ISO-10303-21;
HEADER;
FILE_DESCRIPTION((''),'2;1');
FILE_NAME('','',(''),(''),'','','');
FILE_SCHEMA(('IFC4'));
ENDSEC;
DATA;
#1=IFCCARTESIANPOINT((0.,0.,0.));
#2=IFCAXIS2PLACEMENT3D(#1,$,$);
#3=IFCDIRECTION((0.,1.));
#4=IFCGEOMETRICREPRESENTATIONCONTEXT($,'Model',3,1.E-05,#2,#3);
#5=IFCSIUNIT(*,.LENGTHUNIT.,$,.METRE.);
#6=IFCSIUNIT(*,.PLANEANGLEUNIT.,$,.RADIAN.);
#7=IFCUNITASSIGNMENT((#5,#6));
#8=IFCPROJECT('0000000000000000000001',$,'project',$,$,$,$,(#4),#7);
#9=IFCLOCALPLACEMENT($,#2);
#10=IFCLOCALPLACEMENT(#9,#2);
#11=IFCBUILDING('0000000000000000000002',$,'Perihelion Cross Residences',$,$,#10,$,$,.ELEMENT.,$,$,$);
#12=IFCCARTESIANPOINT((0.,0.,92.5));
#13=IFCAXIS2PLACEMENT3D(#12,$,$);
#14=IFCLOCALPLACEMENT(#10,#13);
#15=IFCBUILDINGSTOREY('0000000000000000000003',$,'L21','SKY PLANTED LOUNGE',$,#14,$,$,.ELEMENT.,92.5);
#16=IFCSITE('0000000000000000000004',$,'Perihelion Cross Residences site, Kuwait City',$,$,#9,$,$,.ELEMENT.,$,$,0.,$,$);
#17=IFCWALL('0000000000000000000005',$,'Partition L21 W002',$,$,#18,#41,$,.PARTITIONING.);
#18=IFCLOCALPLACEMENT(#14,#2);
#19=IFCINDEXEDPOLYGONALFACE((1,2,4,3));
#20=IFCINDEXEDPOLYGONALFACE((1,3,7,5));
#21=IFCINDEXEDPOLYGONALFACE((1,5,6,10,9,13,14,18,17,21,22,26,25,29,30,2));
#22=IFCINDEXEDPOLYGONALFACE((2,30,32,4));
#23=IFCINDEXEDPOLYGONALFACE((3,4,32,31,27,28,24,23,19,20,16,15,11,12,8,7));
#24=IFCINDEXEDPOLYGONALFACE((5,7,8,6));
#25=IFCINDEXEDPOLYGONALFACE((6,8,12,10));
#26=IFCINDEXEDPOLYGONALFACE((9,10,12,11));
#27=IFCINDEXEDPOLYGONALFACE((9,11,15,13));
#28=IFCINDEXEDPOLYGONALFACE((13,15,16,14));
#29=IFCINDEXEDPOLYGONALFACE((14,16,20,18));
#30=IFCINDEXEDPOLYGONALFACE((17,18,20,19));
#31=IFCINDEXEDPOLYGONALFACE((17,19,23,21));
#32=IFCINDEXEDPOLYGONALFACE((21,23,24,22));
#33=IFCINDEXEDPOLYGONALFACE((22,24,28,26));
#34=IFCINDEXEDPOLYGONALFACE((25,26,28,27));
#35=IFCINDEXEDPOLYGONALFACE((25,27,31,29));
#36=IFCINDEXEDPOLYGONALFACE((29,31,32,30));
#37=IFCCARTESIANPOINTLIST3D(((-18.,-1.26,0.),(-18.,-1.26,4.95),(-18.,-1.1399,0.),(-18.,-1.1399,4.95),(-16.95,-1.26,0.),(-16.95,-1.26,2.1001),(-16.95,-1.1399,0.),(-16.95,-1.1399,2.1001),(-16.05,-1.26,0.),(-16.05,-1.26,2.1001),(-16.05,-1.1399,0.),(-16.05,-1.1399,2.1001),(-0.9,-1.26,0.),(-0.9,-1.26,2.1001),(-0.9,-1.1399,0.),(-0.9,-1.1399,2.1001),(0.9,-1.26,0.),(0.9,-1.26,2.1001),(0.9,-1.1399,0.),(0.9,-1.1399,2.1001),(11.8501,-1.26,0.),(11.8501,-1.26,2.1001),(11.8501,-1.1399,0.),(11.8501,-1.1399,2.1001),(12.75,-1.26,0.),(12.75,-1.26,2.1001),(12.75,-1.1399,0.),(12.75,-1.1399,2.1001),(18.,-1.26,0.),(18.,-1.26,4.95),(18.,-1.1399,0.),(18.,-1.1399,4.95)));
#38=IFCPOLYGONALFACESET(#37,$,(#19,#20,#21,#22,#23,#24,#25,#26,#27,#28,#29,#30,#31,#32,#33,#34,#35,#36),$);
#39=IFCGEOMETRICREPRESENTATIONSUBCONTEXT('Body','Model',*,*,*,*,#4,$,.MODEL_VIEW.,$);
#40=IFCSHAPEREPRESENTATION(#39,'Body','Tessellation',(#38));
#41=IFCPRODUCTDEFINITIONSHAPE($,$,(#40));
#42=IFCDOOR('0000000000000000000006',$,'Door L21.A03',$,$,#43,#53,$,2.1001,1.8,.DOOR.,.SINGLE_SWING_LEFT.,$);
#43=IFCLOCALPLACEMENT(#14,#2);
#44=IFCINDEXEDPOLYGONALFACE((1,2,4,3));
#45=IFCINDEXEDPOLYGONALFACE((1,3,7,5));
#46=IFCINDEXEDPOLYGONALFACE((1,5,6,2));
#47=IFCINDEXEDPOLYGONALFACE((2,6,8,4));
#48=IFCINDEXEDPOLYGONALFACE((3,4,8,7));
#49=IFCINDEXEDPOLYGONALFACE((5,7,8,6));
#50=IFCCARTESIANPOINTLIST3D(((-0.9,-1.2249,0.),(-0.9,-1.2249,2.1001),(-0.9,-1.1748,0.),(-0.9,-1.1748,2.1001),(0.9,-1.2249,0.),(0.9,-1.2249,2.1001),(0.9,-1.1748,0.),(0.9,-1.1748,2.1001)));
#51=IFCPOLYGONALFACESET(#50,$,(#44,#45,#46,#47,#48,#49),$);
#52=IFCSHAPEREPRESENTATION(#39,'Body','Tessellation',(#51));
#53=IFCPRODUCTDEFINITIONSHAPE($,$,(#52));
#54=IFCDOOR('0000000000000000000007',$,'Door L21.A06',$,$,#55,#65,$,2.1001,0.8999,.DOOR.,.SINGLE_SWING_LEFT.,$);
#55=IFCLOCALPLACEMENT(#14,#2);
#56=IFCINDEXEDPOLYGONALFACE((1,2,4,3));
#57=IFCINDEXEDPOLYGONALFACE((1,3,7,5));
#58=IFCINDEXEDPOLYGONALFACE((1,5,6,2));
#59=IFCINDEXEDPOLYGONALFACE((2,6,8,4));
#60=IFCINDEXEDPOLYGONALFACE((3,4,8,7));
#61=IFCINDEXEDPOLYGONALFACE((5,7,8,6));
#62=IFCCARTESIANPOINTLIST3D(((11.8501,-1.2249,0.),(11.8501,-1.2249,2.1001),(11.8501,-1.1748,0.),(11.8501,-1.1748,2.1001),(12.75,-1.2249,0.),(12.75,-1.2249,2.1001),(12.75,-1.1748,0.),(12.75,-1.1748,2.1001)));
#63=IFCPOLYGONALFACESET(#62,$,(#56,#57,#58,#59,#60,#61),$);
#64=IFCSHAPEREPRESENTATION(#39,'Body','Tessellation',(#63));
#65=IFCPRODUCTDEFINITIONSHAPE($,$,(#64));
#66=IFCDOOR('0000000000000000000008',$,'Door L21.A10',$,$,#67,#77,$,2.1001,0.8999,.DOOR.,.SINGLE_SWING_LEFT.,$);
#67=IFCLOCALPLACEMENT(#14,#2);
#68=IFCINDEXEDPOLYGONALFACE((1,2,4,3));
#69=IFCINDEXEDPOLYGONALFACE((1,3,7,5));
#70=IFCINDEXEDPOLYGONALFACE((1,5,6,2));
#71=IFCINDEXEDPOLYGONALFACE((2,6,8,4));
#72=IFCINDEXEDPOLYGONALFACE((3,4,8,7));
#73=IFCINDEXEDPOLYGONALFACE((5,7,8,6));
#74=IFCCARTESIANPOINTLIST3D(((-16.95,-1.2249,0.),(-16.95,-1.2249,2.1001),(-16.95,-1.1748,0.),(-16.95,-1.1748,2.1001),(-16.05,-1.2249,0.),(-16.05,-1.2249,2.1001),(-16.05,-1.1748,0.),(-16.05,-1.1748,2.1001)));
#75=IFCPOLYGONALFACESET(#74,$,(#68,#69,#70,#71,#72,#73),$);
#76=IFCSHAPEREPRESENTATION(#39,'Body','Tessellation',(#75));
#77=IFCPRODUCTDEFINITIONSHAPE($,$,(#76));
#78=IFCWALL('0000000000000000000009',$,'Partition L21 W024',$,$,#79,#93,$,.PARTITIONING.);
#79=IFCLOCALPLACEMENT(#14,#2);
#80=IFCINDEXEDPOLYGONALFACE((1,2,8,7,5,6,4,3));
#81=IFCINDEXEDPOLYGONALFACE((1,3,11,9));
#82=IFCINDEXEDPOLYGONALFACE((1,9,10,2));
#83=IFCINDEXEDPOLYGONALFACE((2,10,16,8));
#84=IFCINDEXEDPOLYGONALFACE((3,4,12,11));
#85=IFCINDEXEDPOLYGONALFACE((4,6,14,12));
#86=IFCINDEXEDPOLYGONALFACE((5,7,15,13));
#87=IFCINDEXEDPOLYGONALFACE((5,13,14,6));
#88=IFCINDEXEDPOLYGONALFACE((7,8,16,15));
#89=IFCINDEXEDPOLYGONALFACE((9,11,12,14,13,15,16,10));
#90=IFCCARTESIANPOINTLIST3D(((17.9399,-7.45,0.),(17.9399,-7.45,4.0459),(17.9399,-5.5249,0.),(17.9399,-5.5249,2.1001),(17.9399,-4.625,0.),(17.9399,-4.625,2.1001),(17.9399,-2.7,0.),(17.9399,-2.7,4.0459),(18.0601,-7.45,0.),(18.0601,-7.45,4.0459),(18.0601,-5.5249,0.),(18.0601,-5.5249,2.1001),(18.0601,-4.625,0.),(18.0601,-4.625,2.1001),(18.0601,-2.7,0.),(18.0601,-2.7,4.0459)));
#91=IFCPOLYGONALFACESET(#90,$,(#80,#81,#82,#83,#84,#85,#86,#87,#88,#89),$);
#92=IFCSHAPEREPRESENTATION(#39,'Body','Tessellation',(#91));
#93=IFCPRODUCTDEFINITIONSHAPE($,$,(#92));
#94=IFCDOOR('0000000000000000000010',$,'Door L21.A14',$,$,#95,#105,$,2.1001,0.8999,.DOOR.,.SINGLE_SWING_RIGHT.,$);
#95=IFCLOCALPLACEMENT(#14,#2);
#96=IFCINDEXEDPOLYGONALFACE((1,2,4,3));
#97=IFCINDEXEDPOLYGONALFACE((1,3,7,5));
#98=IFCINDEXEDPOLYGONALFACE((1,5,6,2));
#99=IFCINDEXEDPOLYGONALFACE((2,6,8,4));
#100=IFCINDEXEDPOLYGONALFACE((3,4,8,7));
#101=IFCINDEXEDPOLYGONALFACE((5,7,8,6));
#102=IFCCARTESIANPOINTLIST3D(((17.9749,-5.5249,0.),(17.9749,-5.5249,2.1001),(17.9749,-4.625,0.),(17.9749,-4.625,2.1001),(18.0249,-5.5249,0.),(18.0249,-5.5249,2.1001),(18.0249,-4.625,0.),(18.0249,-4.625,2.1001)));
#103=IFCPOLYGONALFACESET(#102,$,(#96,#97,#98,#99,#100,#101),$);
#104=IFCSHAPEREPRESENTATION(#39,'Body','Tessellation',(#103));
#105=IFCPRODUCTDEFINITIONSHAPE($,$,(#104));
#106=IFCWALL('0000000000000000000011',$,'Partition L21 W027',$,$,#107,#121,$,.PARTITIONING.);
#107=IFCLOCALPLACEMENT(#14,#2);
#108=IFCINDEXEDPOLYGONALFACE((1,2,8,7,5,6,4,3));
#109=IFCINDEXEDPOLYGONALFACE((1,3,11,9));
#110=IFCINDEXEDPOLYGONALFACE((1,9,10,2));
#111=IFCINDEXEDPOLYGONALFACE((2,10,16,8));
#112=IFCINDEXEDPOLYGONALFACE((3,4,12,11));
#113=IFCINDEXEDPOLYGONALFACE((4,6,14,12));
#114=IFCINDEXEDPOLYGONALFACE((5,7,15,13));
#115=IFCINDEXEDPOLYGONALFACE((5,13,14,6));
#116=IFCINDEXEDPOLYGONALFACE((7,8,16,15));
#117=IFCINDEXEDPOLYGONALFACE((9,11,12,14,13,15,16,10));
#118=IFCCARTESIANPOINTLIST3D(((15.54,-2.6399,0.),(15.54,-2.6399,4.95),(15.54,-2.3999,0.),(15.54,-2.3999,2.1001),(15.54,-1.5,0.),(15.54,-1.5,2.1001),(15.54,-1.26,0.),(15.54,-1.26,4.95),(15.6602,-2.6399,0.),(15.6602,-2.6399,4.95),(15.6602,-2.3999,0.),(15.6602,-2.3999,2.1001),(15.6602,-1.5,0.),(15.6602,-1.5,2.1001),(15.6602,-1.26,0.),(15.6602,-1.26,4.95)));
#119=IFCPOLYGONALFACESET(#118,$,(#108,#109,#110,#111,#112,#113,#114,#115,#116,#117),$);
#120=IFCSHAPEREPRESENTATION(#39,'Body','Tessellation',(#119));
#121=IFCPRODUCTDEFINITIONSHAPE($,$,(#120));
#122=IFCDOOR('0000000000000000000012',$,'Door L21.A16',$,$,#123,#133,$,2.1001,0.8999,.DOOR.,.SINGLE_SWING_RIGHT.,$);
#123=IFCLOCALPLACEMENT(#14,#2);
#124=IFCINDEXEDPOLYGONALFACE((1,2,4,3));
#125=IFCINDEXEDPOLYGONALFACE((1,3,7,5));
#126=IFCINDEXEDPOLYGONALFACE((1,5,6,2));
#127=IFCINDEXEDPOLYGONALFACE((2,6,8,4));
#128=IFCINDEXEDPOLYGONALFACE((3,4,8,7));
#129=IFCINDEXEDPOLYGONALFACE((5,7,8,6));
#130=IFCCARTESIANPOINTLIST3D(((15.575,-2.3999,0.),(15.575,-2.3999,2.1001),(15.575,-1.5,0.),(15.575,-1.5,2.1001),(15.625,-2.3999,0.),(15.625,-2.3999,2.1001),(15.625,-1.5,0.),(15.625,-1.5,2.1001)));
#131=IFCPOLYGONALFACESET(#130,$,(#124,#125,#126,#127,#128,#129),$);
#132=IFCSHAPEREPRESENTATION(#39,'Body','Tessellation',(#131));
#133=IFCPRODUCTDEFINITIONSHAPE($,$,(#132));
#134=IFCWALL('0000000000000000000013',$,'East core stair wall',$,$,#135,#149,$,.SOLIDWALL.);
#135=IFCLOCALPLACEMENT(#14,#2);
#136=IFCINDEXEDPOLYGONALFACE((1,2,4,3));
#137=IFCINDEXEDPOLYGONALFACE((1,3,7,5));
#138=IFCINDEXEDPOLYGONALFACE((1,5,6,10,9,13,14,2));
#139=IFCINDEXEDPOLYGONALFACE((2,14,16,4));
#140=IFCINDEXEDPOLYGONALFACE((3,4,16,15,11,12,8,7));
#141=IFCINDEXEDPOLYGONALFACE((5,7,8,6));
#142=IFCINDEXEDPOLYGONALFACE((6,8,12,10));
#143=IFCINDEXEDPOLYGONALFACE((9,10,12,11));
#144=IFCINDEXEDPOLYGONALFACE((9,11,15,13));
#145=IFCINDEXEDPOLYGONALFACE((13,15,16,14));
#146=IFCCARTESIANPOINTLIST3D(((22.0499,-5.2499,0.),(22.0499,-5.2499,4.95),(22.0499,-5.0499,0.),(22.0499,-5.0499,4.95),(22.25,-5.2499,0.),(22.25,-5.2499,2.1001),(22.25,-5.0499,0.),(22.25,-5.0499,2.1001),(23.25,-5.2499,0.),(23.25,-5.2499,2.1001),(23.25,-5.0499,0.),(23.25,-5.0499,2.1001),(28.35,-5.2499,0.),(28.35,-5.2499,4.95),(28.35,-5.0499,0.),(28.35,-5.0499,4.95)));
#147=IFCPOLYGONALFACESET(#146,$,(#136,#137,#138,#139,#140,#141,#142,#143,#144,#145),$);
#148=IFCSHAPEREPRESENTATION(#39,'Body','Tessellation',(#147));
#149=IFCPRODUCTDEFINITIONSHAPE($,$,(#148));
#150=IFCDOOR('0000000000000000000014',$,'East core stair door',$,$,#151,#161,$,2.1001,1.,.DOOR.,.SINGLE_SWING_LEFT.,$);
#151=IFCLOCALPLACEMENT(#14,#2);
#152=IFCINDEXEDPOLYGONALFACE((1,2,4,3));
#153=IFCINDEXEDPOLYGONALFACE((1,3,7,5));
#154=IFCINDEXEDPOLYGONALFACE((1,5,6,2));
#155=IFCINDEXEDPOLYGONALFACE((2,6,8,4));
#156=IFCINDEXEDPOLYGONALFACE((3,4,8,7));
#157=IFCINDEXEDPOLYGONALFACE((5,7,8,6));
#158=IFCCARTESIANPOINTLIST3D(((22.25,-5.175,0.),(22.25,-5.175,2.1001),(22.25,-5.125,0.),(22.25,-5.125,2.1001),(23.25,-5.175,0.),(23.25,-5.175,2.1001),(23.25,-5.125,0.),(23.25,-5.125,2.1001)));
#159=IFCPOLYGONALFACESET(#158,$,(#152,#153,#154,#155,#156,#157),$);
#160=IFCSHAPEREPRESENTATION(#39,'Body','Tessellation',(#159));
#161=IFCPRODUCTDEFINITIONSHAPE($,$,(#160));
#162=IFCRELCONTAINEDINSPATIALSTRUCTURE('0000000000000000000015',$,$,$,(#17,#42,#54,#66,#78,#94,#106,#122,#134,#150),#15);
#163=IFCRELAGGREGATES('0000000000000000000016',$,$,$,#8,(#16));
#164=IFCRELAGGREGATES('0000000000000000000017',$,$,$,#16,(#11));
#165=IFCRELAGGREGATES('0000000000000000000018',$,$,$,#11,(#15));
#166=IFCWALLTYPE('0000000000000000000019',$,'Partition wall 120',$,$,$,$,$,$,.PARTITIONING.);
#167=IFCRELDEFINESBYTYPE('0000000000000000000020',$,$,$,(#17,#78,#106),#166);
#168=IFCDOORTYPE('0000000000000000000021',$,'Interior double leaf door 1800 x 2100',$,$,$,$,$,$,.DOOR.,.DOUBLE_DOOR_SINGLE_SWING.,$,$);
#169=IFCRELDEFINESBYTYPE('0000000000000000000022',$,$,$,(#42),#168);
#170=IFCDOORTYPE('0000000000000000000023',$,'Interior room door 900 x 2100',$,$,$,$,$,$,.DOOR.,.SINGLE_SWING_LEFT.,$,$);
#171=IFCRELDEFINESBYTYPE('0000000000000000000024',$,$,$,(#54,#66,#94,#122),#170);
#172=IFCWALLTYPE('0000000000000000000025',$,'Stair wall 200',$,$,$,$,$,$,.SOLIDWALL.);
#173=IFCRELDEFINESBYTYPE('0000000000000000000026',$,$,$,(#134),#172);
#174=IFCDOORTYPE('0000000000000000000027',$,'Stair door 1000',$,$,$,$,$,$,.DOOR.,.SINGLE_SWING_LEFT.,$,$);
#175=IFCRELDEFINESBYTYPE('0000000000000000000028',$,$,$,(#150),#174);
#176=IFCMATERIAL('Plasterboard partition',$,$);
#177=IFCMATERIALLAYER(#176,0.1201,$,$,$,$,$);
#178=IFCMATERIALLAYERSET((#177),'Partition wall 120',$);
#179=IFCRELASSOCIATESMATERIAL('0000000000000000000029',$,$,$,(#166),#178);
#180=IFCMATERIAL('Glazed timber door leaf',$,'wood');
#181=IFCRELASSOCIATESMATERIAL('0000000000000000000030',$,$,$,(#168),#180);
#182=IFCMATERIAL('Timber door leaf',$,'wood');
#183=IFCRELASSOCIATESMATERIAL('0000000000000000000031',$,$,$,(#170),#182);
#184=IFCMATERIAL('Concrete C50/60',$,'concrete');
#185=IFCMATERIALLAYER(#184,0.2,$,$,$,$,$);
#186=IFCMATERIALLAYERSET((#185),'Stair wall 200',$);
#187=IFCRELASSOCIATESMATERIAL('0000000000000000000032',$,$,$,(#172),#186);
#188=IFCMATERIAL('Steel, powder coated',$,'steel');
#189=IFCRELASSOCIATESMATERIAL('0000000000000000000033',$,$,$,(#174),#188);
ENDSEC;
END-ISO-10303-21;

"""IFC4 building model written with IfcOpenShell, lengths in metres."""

from ifc_helpers import new_model, si_unit, direction, frame, frame_2d, origin, place, context, subcontext, project, spatial, rectangle, extrude, material, layer, layer_set, type_object, element, fill, save


model = new_model("IFC4")

# Units and contexts
model_context = context("Model", 3, precision=1e-05, world=origin(), true_north=direction((0.0, 1.0)))
body_context = subcontext(model_context, "Body", "Model", "MODEL_VIEW")
ifc_project = project(units=[si_unit("LENGTHUNIT", "METRE"), si_unit("PLANEANGLEUNIT", "RADIAN")], contexts=[model_context])

# Site, building, storey
site_placement = place(None, origin())
site = spatial("IfcSite", under=ifc_project, at=site_placement, Name="Perihelion Cross Residences site, Kuwait City", CompositionType="ELEMENT", RefElevation=0.0)
building_placement = place(site_placement, origin())
building = spatial("IfcBuilding", under=site, at=building_placement, Name="Perihelion Cross Residences", CompositionType="ELEMENT")
storey_placement = place(building_placement, frame((0.0, 0.0, 92.5)))
storey = spatial("IfcBuildingStorey", under=building, at=storey_placement, Name="L21", Description="SKY PLANTED LOUNGE", CompositionType="ELEMENT", Elevation=92.5)

# Wall, openings, doors
ifc_material_1 = material(Name="Plasterboard partition")
ifc_layer_1 = layer(ifc_material_1, 0.1201)
ifc_layer_set_1 = layer_set([ifc_layer_1], Name="Partition wall 120")
wall_type_1 = type_object("IfcWallType", Name="Partition wall 120", PredefinedType="PARTITIONING", material=ifc_layer_set_1)
wall_1_placement = place(storey_placement, frame((18.0, -1.2, 0.0), z_axis=(0.0, 0.0, 1.0), x_axis=(-1.0, 0.0, 0.0)))
wall_1 = element("IfcWall", 1, at=wall_1_placement, inside=storey, type_object=wall_type_1, Name="Partition L21 W002", PredefinedType="PARTITIONING", context=body_context, shape_type="SweptSolid", body=[
    extrude(rectangle(XDim=36.0, YDim=0.1201, at=frame_2d((18.0, 0.0))), origin(), (0.0, 0.0, 1.0), 4.95),
])
opening_1_placement = place(wall_1_placement, frame((17.1001, 0.0, 0.0)))
opening_1 = element("IfcOpeningElement", 2, at=opening_1_placement, cuts=wall_1, PredefinedType="OPENING", context=body_context, shape_type="SweptSolid", body=[
    extrude(rectangle(XDim=1.8, YDim=2.1001, at=frame_2d((0.8999, 1.05))), frame((0.0, 0.0701, 0.0), z_axis=(0.0, -1.0, 0.0), x_axis=(1.0, 0.0, 0.0)), (0.0, 0.0, 1.0), 0.1401),
])
opening_2_placement = place(wall_1_placement, frame((5.25, 0.0, 0.0)))
opening_2 = element("IfcOpeningElement", 3, at=opening_2_placement, cuts=wall_1, PredefinedType="OPENING", context=body_context, shape_type="SweptSolid", body=[
    extrude(rectangle(XDim=0.8999, YDim=2.1001, at=frame_2d((0.45, 1.05))), frame((0.0, 0.0701, 0.0), z_axis=(0.0, -1.0, 0.0), x_axis=(1.0, 0.0, 0.0)), (0.0, 0.0, 1.0), 0.1401),
])
opening_3_placement = place(wall_1_placement, frame((34.05, 0.0, 0.0)))
opening_3 = element("IfcOpeningElement", 4, at=opening_3_placement, cuts=wall_1, PredefinedType="OPENING", context=body_context, shape_type="SweptSolid", body=[
    extrude(rectangle(XDim=0.8999, YDim=2.1001, at=frame_2d((0.45, 1.05))), frame((0.0, 0.0701, 0.0), z_axis=(0.0, -1.0, 0.0), x_axis=(1.0, 0.0, 0.0)), (0.0, 0.0, 1.0), 0.1401),
])
ifc_material_2 = material(Name="Glazed timber door leaf", Category="wood")
door_type_1 = type_object("IfcDoorType", Name="Interior double leaf door 1800 x 2100", OperationType="DOUBLE_DOOR_SINGLE_SWING", PredefinedType="DOOR", material=ifc_material_2)
door_1_placement = place(opening_1_placement, origin())
door_1 = element("IfcDoor", 5, at=door_1_placement, inside=storey, type_object=door_type_1, Name="Door L21.A03", OperationType="SINGLE_SWING_LEFT", OverallHeight=2.1001, OverallWidth=1.8, PredefinedType="DOOR", context=body_context, shape_type="SweptSolid", body=[
    extrude(rectangle(XDim=1.8, YDim=2.1001, at=frame_2d((0.8999, 1.05))), frame((0.0, 0.0249, 0.0), z_axis=(0.0, -1.0, 0.0), x_axis=(1.0, 0.0, 0.0)), (0.0, 0.0, 1.0), 0.05),
])
fill(opening_1, door_1)
ifc_material_3 = material(Name="Timber door leaf", Category="wood")
door_type_2 = type_object("IfcDoorType", Name="Interior room door 900 x 2100", OperationType="SINGLE_SWING_LEFT", PredefinedType="DOOR", material=ifc_material_3)
door_2_placement = place(opening_2_placement, origin())
door_2 = element("IfcDoor", 6, at=door_2_placement, inside=storey, type_object=door_type_2, Name="Door L21.A06", OperationType="SINGLE_SWING_LEFT", OverallHeight=2.1001, OverallWidth=0.8999, PredefinedType="DOOR", context=body_context, shape_type="SweptSolid", body=[
    extrude(rectangle(XDim=0.8999, YDim=2.1001, at=frame_2d((0.45, 1.05))), frame((0.0, 0.0249, 0.0), z_axis=(0.0, -1.0, 0.0), x_axis=(1.0, 0.0, 0.0)), (0.0, 0.0, 1.0), 0.05),
])
fill(opening_2, door_2)
door_3_placement = place(opening_3_placement, origin())
door_3 = element("IfcDoor", 7, at=door_3_placement, inside=storey, type_object=door_type_2, Name="Door L21.A10", OperationType="SINGLE_SWING_LEFT", OverallHeight=2.1001, OverallWidth=0.8999, PredefinedType="DOOR", context=body_context, shape_type="SweptSolid", body=[
    extrude(rectangle(XDim=0.8999, YDim=2.1001, at=frame_2d((0.45, 1.05))), frame((0.0, 0.0249, 0.0), z_axis=(0.0, -1.0, 0.0), x_axis=(1.0, 0.0, 0.0)), (0.0, 0.0, 1.0), 0.05),
])
fill(opening_3, door_3)

# Walls, openings, doors
wall_2_placement = place(storey_placement, frame((18.0, -2.7, 0.0), z_axis=(0.0, 0.0, 1.0), x_axis=(0.0, -1.0, 0.0)))
wall_2 = element("IfcWall", 8, at=wall_2_placement, inside=storey, type_object=wall_type_1, Name="Partition L21 W024", PredefinedType="PARTITIONING", context=body_context, shape_type="SweptSolid", body=[
    extrude(rectangle(XDim=4.75, YDim=0.1201, at=frame_2d((2.375, 0.0))), origin(), (0.0, 0.0, 1.0), 4.0459),
])
opening_4_placement = place(wall_2_placement, frame((1.925, 0.0, 0.0)))
opening_4 = element("IfcOpeningElement", 9, at=opening_4_placement, cuts=wall_2, PredefinedType="OPENING", context=body_context, shape_type="SweptSolid", body=[
    extrude(rectangle(XDim=0.8999, YDim=2.1001, at=frame_2d((0.45, 1.05))), frame((0.0, 0.0701, 0.0), z_axis=(0.0, -1.0, 0.0), x_axis=(1.0, 0.0, 0.0)), (0.0, 0.0, 1.0), 0.1401),
])
door_4_placement = place(opening_4_placement, origin())
door_4 = element("IfcDoor", 10, at=door_4_placement, inside=storey, type_object=door_type_2, Name="Door L21.A14", OperationType="SINGLE_SWING_RIGHT", OverallHeight=2.1001, OverallWidth=0.8999, PredefinedType="DOOR", context=body_context, shape_type="SweptSolid", body=[
    extrude(rectangle(XDim=0.8999, YDim=2.1001, at=frame_2d((0.45, 1.05))), frame((0.0, 0.0249, 0.0), z_axis=(0.0, -1.0, 0.0), x_axis=(1.0, 0.0, 0.0)), (0.0, 0.0, 1.0), 0.05),
])
fill(opening_4, door_4)
wall_3_placement = place(storey_placement, frame((15.6001, -1.26, 0.0), z_axis=(0.0, 0.0, 1.0), x_axis=(0.0, -1.0, 0.0)))
wall_3 = element("IfcWall", 11, at=wall_3_placement, inside=storey, type_object=wall_type_1, Name="Partition L21 W027", PredefinedType="PARTITIONING", context=body_context, shape_type="SweptSolid", body=[
    extrude(rectangle(XDim=1.3799, YDim=0.1201, at=frame_2d((0.6899, 0.0))), origin(), (0.0, 0.0, 1.0), 4.95),
])
opening_5_placement = place(wall_3_placement, frame((0.24, 0.0, 0.0)))
opening_5 = element("IfcOpeningElement", 12, at=opening_5_placement, cuts=wall_3, PredefinedType="OPENING", context=body_context, shape_type="SweptSolid", body=[
    extrude(rectangle(XDim=0.8999, YDim=2.1001, at=frame_2d((0.45, 1.05))), frame((0.0, 0.0701, 0.0), z_axis=(0.0, -1.0, 0.0), x_axis=(1.0, 0.0, 0.0)), (0.0, 0.0, 1.0), 0.1401),
])
door_5_placement = place(opening_5_placement, origin())
door_5 = element("IfcDoor", 13, at=door_5_placement, inside=storey, type_object=door_type_2, Name="Door L21.A16", OperationType="SINGLE_SWING_RIGHT", OverallHeight=2.1001, OverallWidth=0.8999, PredefinedType="DOOR", context=body_context, shape_type="SweptSolid", body=[
    extrude(rectangle(XDim=0.8999, YDim=2.1001, at=frame_2d((0.45, 1.05))), frame((0.0, 0.0249, 0.0), z_axis=(0.0, -1.0, 0.0), x_axis=(1.0, 0.0, 0.0)), (0.0, 0.0, 1.0), 0.05),
])
fill(opening_5, door_5)
ifc_material_4 = material(Name="Concrete C50/60", Category="concrete")
ifc_layer_2 = layer(ifc_material_4, 0.2)
ifc_layer_set_2 = layer_set([ifc_layer_2], Name="Stair wall 200")
wall_type_2 = type_object("IfcWallType", Name="Stair wall 200", PredefinedType="SOLIDWALL", material=ifc_layer_set_2)
wall_4_placement = place(storey_placement, frame((22.05, -5.1499, 0.0), z_axis=(0.0, 0.0, 1.0), x_axis=(1.0, 0.0, 0.0)))
wall_4 = element("IfcWall", 14, at=wall_4_placement, inside=storey, type_object=wall_type_2, Name="East core stair wall", PredefinedType="SOLIDWALL", context=body_context, shape_type="SweptSolid", body=[
    extrude(rectangle(XDim=6.3, YDim=0.2, at=frame_2d((3.1499, 0.0))), origin(), (0.0, 0.0, 1.0), 4.95),
])
opening_6_placement = place(wall_4_placement, frame((0.2, 0.0, 0.0)))
opening_6 = element("IfcOpeningElement", 15, at=opening_6_placement, cuts=wall_4, PredefinedType="OPENING", context=body_context, shape_type="SweptSolid", body=[
    extrude(rectangle(XDim=1.0, YDim=2.1001, at=frame_2d((0.5, 1.05))), frame((0.0, 0.1099, 0.0), z_axis=(0.0, -1.0, 0.0), x_axis=(1.0, 0.0, 0.0)), (0.0, 0.0, 1.0), 0.22),
])
ifc_material_5 = material(Name="Steel, powder coated", Category="steel")
door_type_3 = type_object("IfcDoorType", Name="Stair door 1000", OperationType="SINGLE_SWING_LEFT", PredefinedType="DOOR", material=ifc_material_5)
door_6_placement = place(opening_6_placement, origin())
door_6 = element("IfcDoor", 16, at=door_6_placement, inside=storey, type_object=door_type_3, Name="East core stair door", OperationType="SINGLE_SWING_LEFT", OverallHeight=2.1001, OverallWidth=1.0, PredefinedType="DOOR", context=body_context, shape_type="SweptSolid", body=[
    extrude(rectangle(XDim=1.0, YDim=2.1001, at=frame_2d((0.5, 1.05))), frame((0.0, 0.0249, 0.0), z_axis=(0.0, -1.0, 0.0), x_axis=(1.0, 0.0, 0.0)), (0.0, 0.0, 1.0), 0.05),
])
fill(opening_6, door_6)

save(model, "model.ifc")
